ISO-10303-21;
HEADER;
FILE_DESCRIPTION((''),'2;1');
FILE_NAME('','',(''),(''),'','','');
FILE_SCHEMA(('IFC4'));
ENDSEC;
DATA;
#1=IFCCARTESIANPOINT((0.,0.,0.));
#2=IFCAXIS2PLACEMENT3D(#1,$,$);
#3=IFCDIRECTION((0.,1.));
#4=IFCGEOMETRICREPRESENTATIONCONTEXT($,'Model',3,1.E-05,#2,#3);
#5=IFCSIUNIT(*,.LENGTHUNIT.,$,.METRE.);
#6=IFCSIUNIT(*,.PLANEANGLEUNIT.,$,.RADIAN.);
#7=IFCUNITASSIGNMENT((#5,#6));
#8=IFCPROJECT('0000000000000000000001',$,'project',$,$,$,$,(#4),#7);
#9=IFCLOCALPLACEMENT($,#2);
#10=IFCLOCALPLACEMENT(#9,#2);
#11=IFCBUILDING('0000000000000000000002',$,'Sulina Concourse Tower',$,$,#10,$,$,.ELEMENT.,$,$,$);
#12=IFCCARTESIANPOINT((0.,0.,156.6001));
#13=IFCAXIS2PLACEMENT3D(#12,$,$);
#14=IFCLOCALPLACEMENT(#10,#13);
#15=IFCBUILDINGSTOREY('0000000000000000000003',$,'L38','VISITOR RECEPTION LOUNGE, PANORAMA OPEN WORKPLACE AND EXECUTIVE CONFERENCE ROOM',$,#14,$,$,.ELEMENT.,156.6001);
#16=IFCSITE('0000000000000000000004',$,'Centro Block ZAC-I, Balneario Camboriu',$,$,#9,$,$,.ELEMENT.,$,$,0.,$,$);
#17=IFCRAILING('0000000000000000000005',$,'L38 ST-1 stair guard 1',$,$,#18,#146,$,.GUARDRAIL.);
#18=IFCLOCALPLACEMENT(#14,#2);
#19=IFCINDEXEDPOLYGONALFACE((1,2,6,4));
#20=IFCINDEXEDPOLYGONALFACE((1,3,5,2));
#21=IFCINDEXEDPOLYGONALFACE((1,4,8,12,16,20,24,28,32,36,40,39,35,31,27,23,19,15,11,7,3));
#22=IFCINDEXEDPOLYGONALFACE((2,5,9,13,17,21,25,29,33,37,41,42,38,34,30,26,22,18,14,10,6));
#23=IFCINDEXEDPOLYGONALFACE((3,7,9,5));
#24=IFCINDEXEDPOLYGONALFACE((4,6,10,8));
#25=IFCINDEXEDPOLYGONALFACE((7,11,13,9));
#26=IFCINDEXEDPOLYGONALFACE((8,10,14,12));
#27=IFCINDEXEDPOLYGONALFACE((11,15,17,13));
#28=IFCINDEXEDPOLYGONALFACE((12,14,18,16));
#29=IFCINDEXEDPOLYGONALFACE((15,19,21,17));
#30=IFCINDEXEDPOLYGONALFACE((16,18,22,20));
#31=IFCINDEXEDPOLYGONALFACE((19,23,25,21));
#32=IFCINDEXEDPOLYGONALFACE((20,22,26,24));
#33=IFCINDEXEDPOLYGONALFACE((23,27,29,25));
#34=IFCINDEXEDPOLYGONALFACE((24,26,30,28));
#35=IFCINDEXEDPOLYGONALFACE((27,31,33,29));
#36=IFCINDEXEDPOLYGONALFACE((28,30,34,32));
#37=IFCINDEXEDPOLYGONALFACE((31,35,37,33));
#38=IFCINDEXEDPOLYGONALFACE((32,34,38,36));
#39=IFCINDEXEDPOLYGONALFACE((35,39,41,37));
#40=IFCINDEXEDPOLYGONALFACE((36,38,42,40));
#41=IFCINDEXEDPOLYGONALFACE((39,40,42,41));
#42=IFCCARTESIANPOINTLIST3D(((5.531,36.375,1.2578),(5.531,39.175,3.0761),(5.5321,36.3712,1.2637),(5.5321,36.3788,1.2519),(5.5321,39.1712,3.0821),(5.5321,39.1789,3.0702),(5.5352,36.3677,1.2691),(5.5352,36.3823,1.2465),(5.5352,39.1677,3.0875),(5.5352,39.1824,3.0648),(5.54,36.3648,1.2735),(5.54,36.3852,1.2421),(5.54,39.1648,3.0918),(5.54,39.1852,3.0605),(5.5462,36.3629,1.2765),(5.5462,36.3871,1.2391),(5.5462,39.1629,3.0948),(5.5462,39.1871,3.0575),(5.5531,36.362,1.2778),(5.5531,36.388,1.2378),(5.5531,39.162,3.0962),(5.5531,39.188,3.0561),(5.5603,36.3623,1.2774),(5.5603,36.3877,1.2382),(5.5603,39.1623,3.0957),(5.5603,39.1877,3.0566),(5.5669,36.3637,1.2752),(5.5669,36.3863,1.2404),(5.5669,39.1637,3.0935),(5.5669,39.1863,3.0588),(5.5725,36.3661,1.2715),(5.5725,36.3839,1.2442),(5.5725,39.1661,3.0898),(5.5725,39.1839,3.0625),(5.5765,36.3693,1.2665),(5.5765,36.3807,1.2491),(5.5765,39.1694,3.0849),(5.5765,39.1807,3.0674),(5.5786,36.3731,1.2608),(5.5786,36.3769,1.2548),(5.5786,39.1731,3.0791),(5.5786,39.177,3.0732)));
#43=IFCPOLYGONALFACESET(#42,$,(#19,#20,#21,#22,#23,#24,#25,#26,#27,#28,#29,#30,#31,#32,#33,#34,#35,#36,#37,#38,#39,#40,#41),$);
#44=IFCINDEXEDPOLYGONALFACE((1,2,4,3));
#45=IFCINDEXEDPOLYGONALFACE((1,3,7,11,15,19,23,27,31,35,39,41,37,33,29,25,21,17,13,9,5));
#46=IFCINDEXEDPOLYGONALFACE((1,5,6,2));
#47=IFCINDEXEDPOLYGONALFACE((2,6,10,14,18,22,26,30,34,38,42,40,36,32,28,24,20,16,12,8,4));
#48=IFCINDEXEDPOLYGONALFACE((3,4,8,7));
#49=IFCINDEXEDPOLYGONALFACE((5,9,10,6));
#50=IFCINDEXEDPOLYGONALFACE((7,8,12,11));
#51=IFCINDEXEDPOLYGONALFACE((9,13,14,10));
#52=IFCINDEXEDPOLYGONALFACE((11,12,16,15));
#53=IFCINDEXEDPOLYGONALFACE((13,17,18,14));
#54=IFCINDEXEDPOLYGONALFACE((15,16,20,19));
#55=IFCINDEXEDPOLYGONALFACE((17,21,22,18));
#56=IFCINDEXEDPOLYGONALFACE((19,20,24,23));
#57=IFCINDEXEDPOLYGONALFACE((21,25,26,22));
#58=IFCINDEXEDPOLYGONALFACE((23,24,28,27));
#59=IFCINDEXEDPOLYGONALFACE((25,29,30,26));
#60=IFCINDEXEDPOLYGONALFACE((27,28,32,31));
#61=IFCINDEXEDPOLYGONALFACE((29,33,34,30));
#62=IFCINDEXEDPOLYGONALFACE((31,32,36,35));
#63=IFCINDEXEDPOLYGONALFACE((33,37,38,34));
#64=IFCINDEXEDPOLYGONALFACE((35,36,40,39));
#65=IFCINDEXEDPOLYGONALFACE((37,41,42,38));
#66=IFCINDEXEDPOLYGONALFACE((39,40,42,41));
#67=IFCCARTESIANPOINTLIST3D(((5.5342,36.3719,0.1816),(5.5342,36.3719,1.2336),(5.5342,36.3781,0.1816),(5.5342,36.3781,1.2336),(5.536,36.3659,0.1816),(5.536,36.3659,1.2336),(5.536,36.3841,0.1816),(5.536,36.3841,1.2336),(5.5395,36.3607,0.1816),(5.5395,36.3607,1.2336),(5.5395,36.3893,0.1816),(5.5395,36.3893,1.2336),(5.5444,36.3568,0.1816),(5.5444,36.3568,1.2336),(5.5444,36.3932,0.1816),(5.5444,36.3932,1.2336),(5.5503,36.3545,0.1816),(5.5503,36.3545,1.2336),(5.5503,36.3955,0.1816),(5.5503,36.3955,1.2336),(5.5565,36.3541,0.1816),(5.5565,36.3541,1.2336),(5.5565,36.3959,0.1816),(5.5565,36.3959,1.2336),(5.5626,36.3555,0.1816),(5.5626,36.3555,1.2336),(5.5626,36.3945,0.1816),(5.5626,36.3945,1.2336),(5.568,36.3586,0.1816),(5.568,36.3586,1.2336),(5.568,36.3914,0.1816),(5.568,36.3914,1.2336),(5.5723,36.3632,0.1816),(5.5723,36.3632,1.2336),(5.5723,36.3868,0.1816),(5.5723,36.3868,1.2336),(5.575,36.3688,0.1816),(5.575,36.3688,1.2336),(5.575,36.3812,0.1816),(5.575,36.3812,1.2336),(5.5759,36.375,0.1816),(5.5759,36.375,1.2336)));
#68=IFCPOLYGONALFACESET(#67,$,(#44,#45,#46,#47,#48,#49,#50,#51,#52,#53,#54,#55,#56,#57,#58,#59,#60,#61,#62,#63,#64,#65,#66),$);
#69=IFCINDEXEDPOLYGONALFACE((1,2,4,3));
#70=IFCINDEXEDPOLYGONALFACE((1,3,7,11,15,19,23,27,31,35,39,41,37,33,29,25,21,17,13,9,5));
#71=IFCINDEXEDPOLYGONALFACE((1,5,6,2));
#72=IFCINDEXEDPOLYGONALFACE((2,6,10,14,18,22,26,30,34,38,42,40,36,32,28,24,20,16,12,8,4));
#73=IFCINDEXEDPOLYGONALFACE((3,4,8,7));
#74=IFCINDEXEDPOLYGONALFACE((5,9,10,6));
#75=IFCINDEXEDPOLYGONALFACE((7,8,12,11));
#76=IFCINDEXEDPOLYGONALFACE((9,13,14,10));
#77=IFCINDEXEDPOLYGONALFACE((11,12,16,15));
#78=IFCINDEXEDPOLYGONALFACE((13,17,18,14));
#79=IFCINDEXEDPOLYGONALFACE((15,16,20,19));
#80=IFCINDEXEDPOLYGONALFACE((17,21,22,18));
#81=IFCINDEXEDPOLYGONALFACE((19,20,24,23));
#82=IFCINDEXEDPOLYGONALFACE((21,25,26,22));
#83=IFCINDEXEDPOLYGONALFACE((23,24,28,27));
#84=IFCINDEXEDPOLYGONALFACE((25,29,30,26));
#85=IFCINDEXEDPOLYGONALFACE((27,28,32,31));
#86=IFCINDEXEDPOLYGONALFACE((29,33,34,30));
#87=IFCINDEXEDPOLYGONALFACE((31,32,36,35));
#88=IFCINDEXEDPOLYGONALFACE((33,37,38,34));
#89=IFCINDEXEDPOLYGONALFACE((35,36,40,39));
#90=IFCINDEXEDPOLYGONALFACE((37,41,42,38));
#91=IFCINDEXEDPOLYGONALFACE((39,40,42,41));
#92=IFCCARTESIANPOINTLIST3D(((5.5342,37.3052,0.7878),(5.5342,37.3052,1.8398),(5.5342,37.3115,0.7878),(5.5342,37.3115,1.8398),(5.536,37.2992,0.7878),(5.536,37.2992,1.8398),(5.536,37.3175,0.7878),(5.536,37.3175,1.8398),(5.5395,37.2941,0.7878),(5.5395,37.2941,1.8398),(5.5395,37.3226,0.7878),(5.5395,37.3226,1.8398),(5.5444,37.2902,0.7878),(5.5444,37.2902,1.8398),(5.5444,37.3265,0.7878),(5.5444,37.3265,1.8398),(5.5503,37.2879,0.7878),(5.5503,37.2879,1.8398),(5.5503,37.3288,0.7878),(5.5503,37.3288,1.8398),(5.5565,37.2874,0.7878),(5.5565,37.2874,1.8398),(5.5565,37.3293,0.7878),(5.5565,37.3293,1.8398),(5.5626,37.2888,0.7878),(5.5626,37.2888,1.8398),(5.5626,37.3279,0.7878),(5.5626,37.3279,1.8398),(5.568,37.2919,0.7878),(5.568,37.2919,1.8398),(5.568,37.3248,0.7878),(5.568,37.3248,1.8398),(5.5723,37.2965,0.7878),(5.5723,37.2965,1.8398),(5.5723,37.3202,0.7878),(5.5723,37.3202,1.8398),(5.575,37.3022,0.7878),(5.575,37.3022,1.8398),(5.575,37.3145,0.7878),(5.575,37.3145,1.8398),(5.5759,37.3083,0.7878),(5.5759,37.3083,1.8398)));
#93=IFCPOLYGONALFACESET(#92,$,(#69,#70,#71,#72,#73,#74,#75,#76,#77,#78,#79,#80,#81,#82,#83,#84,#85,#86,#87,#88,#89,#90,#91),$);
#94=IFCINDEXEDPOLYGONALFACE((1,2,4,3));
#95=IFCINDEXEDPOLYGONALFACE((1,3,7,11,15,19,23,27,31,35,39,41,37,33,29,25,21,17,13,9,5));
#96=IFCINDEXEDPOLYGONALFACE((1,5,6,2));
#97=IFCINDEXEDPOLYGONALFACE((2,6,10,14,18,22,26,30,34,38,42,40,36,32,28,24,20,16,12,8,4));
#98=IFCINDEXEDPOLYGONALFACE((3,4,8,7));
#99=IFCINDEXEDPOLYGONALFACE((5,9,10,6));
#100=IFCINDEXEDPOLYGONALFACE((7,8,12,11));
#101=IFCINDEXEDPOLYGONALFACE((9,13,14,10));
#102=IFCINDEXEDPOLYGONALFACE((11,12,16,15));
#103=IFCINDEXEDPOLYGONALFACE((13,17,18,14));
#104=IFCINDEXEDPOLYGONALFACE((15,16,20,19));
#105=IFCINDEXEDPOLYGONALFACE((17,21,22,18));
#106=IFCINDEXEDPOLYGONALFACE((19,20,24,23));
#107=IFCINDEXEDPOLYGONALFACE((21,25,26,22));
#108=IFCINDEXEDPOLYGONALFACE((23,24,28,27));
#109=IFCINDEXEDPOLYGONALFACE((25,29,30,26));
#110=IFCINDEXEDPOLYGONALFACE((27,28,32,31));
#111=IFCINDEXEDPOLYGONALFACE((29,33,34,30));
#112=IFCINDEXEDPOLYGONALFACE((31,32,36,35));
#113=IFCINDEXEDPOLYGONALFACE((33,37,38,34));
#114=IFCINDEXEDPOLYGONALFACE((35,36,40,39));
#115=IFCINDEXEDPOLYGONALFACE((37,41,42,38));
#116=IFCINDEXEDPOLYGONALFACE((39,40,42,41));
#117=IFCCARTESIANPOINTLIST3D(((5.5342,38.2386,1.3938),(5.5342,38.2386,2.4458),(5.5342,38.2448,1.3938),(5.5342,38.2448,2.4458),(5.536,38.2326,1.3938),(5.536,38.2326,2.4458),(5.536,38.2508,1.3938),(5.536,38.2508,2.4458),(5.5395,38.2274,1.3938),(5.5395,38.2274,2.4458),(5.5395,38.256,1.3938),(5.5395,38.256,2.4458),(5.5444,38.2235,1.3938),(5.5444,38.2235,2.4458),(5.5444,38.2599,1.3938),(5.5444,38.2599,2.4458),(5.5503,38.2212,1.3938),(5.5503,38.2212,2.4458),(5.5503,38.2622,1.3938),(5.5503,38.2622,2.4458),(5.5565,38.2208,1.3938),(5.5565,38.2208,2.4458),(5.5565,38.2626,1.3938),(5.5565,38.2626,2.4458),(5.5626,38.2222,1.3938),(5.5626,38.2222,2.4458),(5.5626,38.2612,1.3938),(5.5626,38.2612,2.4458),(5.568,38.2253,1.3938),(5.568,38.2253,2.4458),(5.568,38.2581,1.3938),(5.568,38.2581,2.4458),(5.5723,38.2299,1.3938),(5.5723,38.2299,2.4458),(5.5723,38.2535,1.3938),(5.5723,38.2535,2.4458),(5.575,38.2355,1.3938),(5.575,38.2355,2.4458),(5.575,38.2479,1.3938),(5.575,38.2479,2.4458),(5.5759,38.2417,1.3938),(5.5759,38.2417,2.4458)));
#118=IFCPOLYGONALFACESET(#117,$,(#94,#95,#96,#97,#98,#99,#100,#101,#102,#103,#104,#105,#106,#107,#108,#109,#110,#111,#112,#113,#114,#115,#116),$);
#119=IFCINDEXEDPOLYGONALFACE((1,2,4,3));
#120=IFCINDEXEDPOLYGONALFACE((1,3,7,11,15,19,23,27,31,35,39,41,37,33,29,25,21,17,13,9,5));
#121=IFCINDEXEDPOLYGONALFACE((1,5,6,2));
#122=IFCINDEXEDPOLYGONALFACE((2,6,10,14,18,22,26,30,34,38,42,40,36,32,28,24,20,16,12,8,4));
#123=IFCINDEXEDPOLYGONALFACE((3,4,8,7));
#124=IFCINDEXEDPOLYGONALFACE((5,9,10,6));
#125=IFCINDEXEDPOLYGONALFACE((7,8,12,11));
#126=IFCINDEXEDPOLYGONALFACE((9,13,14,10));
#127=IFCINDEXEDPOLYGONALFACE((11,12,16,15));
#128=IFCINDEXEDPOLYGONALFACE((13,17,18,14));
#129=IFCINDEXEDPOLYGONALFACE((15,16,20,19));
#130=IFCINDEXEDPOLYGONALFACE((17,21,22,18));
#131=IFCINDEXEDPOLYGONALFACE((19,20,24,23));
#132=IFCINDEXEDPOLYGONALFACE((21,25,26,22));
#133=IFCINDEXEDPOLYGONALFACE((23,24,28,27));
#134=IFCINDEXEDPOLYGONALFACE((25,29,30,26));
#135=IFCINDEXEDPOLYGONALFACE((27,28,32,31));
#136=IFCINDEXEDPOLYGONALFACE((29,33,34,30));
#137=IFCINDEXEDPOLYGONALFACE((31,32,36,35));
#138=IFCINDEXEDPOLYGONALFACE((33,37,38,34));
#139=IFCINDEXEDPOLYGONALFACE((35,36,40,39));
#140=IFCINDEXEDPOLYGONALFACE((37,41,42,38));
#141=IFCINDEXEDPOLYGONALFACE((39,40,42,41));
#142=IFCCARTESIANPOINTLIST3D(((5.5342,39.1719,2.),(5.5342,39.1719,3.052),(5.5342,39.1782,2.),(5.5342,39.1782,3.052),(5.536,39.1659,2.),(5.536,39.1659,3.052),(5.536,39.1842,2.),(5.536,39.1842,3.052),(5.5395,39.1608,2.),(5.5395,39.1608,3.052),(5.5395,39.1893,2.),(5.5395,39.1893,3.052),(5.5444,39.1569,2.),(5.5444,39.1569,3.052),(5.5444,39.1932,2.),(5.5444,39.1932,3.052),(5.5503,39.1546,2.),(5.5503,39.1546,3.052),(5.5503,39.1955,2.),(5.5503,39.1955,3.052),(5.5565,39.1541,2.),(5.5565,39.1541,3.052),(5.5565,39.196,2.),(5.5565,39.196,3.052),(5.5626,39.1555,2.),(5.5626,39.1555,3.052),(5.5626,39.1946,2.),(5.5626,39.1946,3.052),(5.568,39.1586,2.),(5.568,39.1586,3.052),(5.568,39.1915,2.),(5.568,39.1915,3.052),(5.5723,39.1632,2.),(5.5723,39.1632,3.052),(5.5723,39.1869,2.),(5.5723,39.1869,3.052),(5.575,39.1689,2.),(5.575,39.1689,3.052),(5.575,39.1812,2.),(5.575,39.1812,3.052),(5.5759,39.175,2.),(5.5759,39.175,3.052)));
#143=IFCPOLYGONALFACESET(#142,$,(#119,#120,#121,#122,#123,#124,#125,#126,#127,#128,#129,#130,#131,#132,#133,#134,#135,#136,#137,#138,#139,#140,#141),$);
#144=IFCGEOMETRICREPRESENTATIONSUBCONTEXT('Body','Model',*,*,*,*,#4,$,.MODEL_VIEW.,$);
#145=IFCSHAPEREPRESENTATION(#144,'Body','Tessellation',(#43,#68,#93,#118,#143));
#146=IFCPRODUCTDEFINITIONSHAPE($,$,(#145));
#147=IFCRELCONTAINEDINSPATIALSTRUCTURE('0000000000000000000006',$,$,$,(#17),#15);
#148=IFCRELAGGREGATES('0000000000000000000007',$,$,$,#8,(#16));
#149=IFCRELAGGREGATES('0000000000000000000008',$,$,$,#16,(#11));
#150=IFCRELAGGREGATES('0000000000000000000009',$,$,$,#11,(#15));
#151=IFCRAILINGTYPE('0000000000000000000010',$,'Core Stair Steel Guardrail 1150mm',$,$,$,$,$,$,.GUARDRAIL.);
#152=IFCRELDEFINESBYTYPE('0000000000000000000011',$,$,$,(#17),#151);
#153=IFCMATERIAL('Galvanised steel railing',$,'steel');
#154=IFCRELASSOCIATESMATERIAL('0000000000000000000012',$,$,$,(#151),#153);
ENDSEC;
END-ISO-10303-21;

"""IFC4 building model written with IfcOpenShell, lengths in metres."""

from ifc_helpers import new_model, si_unit, direction, frame, origin, origin_2d, place, context, subcontext, project, spatial, circle, extrude, material, type_object, element, save


model = new_model("IFC4")

# Units and contexts
model_context = context("Model", 3, precision=1e-05, world=origin(), true_north=direction((0.0, 1.0)))
body_context = subcontext(model_context, "Body", "Model", "MODEL_VIEW")
ifc_project = project(units=[si_unit("LENGTHUNIT", "METRE"), si_unit("PLANEANGLEUNIT", "RADIAN")], contexts=[model_context])

# Site, building, storey
site_placement = place(None, origin())
site = spatial("IfcSite", under=ifc_project, at=site_placement, Name="Centro Block ZAC-I, Balneario Camboriu", CompositionType="ELEMENT", RefElevation=0.0)
building_placement = place(site_placement, origin())
building = spatial("IfcBuilding", under=site, at=building_placement, Name="Sulina Concourse Tower", CompositionType="ELEMENT")
storey_placement = place(building_placement, frame((0.0, 0.0, 156.6001)))
storey = spatial("IfcBuildingStorey", under=building, at=storey_placement, Name="L38", Description="VISITOR RECEPTION LOUNGE, PANORAMA OPEN WORKPLACE AND EXECUTIVE CONFERENCE ROOM", CompositionType="ELEMENT", Elevation=156.6001)

# Railing
ifc_material_1 = material(Name="Galvanised steel railing", Category="steel")
railing_type_1 = type_object("IfcRailingType", Name="Core Stair Steel Guardrail 1150mm", PredefinedType="GUARDRAIL", material=ifc_material_1)
railing_1_placement = place(storey_placement, frame((5.5549, 36.375, 0.1816)))
element("IfcRailing", 1, at=railing_1_placement, inside=storey, type_object=railing_type_1, Name="L38 ST-1 stair guard 1", PredefinedType="GUARDRAIL", context=body_context, shape_type="SweptSolid", body=[
    extrude(circle(Radius=0.0239, at=origin_2d()), frame((0.0, 0.0, 1.0762), z_axis=(0.0, 0.838672, 0.544636), x_axis=(-1.0, 0.0, 0.0)), (0.0, 0.0, 1.0), 3.3386),
    extrude(circle(Radius=0.021, at=origin_2d()), origin(), (0.0, 0.0, 1.0), 1.052),
    extrude(circle(Radius=0.021, at=origin_2d()), frame((0.0, 0.9333, 0.6062)), (0.0, 0.0, 1.0), 1.052),
    extrude(circle(Radius=0.021, at=origin_2d()), frame((0.0, 1.8667, 1.2122)), (0.0, 0.0, 1.0), 1.052),
    extrude(circle(Radius=0.021, at=origin_2d()), frame((0.0, 2.8, 1.8184)), (0.0, 0.0, 1.0), 1.052),
])

save(model, "model.ifc")
